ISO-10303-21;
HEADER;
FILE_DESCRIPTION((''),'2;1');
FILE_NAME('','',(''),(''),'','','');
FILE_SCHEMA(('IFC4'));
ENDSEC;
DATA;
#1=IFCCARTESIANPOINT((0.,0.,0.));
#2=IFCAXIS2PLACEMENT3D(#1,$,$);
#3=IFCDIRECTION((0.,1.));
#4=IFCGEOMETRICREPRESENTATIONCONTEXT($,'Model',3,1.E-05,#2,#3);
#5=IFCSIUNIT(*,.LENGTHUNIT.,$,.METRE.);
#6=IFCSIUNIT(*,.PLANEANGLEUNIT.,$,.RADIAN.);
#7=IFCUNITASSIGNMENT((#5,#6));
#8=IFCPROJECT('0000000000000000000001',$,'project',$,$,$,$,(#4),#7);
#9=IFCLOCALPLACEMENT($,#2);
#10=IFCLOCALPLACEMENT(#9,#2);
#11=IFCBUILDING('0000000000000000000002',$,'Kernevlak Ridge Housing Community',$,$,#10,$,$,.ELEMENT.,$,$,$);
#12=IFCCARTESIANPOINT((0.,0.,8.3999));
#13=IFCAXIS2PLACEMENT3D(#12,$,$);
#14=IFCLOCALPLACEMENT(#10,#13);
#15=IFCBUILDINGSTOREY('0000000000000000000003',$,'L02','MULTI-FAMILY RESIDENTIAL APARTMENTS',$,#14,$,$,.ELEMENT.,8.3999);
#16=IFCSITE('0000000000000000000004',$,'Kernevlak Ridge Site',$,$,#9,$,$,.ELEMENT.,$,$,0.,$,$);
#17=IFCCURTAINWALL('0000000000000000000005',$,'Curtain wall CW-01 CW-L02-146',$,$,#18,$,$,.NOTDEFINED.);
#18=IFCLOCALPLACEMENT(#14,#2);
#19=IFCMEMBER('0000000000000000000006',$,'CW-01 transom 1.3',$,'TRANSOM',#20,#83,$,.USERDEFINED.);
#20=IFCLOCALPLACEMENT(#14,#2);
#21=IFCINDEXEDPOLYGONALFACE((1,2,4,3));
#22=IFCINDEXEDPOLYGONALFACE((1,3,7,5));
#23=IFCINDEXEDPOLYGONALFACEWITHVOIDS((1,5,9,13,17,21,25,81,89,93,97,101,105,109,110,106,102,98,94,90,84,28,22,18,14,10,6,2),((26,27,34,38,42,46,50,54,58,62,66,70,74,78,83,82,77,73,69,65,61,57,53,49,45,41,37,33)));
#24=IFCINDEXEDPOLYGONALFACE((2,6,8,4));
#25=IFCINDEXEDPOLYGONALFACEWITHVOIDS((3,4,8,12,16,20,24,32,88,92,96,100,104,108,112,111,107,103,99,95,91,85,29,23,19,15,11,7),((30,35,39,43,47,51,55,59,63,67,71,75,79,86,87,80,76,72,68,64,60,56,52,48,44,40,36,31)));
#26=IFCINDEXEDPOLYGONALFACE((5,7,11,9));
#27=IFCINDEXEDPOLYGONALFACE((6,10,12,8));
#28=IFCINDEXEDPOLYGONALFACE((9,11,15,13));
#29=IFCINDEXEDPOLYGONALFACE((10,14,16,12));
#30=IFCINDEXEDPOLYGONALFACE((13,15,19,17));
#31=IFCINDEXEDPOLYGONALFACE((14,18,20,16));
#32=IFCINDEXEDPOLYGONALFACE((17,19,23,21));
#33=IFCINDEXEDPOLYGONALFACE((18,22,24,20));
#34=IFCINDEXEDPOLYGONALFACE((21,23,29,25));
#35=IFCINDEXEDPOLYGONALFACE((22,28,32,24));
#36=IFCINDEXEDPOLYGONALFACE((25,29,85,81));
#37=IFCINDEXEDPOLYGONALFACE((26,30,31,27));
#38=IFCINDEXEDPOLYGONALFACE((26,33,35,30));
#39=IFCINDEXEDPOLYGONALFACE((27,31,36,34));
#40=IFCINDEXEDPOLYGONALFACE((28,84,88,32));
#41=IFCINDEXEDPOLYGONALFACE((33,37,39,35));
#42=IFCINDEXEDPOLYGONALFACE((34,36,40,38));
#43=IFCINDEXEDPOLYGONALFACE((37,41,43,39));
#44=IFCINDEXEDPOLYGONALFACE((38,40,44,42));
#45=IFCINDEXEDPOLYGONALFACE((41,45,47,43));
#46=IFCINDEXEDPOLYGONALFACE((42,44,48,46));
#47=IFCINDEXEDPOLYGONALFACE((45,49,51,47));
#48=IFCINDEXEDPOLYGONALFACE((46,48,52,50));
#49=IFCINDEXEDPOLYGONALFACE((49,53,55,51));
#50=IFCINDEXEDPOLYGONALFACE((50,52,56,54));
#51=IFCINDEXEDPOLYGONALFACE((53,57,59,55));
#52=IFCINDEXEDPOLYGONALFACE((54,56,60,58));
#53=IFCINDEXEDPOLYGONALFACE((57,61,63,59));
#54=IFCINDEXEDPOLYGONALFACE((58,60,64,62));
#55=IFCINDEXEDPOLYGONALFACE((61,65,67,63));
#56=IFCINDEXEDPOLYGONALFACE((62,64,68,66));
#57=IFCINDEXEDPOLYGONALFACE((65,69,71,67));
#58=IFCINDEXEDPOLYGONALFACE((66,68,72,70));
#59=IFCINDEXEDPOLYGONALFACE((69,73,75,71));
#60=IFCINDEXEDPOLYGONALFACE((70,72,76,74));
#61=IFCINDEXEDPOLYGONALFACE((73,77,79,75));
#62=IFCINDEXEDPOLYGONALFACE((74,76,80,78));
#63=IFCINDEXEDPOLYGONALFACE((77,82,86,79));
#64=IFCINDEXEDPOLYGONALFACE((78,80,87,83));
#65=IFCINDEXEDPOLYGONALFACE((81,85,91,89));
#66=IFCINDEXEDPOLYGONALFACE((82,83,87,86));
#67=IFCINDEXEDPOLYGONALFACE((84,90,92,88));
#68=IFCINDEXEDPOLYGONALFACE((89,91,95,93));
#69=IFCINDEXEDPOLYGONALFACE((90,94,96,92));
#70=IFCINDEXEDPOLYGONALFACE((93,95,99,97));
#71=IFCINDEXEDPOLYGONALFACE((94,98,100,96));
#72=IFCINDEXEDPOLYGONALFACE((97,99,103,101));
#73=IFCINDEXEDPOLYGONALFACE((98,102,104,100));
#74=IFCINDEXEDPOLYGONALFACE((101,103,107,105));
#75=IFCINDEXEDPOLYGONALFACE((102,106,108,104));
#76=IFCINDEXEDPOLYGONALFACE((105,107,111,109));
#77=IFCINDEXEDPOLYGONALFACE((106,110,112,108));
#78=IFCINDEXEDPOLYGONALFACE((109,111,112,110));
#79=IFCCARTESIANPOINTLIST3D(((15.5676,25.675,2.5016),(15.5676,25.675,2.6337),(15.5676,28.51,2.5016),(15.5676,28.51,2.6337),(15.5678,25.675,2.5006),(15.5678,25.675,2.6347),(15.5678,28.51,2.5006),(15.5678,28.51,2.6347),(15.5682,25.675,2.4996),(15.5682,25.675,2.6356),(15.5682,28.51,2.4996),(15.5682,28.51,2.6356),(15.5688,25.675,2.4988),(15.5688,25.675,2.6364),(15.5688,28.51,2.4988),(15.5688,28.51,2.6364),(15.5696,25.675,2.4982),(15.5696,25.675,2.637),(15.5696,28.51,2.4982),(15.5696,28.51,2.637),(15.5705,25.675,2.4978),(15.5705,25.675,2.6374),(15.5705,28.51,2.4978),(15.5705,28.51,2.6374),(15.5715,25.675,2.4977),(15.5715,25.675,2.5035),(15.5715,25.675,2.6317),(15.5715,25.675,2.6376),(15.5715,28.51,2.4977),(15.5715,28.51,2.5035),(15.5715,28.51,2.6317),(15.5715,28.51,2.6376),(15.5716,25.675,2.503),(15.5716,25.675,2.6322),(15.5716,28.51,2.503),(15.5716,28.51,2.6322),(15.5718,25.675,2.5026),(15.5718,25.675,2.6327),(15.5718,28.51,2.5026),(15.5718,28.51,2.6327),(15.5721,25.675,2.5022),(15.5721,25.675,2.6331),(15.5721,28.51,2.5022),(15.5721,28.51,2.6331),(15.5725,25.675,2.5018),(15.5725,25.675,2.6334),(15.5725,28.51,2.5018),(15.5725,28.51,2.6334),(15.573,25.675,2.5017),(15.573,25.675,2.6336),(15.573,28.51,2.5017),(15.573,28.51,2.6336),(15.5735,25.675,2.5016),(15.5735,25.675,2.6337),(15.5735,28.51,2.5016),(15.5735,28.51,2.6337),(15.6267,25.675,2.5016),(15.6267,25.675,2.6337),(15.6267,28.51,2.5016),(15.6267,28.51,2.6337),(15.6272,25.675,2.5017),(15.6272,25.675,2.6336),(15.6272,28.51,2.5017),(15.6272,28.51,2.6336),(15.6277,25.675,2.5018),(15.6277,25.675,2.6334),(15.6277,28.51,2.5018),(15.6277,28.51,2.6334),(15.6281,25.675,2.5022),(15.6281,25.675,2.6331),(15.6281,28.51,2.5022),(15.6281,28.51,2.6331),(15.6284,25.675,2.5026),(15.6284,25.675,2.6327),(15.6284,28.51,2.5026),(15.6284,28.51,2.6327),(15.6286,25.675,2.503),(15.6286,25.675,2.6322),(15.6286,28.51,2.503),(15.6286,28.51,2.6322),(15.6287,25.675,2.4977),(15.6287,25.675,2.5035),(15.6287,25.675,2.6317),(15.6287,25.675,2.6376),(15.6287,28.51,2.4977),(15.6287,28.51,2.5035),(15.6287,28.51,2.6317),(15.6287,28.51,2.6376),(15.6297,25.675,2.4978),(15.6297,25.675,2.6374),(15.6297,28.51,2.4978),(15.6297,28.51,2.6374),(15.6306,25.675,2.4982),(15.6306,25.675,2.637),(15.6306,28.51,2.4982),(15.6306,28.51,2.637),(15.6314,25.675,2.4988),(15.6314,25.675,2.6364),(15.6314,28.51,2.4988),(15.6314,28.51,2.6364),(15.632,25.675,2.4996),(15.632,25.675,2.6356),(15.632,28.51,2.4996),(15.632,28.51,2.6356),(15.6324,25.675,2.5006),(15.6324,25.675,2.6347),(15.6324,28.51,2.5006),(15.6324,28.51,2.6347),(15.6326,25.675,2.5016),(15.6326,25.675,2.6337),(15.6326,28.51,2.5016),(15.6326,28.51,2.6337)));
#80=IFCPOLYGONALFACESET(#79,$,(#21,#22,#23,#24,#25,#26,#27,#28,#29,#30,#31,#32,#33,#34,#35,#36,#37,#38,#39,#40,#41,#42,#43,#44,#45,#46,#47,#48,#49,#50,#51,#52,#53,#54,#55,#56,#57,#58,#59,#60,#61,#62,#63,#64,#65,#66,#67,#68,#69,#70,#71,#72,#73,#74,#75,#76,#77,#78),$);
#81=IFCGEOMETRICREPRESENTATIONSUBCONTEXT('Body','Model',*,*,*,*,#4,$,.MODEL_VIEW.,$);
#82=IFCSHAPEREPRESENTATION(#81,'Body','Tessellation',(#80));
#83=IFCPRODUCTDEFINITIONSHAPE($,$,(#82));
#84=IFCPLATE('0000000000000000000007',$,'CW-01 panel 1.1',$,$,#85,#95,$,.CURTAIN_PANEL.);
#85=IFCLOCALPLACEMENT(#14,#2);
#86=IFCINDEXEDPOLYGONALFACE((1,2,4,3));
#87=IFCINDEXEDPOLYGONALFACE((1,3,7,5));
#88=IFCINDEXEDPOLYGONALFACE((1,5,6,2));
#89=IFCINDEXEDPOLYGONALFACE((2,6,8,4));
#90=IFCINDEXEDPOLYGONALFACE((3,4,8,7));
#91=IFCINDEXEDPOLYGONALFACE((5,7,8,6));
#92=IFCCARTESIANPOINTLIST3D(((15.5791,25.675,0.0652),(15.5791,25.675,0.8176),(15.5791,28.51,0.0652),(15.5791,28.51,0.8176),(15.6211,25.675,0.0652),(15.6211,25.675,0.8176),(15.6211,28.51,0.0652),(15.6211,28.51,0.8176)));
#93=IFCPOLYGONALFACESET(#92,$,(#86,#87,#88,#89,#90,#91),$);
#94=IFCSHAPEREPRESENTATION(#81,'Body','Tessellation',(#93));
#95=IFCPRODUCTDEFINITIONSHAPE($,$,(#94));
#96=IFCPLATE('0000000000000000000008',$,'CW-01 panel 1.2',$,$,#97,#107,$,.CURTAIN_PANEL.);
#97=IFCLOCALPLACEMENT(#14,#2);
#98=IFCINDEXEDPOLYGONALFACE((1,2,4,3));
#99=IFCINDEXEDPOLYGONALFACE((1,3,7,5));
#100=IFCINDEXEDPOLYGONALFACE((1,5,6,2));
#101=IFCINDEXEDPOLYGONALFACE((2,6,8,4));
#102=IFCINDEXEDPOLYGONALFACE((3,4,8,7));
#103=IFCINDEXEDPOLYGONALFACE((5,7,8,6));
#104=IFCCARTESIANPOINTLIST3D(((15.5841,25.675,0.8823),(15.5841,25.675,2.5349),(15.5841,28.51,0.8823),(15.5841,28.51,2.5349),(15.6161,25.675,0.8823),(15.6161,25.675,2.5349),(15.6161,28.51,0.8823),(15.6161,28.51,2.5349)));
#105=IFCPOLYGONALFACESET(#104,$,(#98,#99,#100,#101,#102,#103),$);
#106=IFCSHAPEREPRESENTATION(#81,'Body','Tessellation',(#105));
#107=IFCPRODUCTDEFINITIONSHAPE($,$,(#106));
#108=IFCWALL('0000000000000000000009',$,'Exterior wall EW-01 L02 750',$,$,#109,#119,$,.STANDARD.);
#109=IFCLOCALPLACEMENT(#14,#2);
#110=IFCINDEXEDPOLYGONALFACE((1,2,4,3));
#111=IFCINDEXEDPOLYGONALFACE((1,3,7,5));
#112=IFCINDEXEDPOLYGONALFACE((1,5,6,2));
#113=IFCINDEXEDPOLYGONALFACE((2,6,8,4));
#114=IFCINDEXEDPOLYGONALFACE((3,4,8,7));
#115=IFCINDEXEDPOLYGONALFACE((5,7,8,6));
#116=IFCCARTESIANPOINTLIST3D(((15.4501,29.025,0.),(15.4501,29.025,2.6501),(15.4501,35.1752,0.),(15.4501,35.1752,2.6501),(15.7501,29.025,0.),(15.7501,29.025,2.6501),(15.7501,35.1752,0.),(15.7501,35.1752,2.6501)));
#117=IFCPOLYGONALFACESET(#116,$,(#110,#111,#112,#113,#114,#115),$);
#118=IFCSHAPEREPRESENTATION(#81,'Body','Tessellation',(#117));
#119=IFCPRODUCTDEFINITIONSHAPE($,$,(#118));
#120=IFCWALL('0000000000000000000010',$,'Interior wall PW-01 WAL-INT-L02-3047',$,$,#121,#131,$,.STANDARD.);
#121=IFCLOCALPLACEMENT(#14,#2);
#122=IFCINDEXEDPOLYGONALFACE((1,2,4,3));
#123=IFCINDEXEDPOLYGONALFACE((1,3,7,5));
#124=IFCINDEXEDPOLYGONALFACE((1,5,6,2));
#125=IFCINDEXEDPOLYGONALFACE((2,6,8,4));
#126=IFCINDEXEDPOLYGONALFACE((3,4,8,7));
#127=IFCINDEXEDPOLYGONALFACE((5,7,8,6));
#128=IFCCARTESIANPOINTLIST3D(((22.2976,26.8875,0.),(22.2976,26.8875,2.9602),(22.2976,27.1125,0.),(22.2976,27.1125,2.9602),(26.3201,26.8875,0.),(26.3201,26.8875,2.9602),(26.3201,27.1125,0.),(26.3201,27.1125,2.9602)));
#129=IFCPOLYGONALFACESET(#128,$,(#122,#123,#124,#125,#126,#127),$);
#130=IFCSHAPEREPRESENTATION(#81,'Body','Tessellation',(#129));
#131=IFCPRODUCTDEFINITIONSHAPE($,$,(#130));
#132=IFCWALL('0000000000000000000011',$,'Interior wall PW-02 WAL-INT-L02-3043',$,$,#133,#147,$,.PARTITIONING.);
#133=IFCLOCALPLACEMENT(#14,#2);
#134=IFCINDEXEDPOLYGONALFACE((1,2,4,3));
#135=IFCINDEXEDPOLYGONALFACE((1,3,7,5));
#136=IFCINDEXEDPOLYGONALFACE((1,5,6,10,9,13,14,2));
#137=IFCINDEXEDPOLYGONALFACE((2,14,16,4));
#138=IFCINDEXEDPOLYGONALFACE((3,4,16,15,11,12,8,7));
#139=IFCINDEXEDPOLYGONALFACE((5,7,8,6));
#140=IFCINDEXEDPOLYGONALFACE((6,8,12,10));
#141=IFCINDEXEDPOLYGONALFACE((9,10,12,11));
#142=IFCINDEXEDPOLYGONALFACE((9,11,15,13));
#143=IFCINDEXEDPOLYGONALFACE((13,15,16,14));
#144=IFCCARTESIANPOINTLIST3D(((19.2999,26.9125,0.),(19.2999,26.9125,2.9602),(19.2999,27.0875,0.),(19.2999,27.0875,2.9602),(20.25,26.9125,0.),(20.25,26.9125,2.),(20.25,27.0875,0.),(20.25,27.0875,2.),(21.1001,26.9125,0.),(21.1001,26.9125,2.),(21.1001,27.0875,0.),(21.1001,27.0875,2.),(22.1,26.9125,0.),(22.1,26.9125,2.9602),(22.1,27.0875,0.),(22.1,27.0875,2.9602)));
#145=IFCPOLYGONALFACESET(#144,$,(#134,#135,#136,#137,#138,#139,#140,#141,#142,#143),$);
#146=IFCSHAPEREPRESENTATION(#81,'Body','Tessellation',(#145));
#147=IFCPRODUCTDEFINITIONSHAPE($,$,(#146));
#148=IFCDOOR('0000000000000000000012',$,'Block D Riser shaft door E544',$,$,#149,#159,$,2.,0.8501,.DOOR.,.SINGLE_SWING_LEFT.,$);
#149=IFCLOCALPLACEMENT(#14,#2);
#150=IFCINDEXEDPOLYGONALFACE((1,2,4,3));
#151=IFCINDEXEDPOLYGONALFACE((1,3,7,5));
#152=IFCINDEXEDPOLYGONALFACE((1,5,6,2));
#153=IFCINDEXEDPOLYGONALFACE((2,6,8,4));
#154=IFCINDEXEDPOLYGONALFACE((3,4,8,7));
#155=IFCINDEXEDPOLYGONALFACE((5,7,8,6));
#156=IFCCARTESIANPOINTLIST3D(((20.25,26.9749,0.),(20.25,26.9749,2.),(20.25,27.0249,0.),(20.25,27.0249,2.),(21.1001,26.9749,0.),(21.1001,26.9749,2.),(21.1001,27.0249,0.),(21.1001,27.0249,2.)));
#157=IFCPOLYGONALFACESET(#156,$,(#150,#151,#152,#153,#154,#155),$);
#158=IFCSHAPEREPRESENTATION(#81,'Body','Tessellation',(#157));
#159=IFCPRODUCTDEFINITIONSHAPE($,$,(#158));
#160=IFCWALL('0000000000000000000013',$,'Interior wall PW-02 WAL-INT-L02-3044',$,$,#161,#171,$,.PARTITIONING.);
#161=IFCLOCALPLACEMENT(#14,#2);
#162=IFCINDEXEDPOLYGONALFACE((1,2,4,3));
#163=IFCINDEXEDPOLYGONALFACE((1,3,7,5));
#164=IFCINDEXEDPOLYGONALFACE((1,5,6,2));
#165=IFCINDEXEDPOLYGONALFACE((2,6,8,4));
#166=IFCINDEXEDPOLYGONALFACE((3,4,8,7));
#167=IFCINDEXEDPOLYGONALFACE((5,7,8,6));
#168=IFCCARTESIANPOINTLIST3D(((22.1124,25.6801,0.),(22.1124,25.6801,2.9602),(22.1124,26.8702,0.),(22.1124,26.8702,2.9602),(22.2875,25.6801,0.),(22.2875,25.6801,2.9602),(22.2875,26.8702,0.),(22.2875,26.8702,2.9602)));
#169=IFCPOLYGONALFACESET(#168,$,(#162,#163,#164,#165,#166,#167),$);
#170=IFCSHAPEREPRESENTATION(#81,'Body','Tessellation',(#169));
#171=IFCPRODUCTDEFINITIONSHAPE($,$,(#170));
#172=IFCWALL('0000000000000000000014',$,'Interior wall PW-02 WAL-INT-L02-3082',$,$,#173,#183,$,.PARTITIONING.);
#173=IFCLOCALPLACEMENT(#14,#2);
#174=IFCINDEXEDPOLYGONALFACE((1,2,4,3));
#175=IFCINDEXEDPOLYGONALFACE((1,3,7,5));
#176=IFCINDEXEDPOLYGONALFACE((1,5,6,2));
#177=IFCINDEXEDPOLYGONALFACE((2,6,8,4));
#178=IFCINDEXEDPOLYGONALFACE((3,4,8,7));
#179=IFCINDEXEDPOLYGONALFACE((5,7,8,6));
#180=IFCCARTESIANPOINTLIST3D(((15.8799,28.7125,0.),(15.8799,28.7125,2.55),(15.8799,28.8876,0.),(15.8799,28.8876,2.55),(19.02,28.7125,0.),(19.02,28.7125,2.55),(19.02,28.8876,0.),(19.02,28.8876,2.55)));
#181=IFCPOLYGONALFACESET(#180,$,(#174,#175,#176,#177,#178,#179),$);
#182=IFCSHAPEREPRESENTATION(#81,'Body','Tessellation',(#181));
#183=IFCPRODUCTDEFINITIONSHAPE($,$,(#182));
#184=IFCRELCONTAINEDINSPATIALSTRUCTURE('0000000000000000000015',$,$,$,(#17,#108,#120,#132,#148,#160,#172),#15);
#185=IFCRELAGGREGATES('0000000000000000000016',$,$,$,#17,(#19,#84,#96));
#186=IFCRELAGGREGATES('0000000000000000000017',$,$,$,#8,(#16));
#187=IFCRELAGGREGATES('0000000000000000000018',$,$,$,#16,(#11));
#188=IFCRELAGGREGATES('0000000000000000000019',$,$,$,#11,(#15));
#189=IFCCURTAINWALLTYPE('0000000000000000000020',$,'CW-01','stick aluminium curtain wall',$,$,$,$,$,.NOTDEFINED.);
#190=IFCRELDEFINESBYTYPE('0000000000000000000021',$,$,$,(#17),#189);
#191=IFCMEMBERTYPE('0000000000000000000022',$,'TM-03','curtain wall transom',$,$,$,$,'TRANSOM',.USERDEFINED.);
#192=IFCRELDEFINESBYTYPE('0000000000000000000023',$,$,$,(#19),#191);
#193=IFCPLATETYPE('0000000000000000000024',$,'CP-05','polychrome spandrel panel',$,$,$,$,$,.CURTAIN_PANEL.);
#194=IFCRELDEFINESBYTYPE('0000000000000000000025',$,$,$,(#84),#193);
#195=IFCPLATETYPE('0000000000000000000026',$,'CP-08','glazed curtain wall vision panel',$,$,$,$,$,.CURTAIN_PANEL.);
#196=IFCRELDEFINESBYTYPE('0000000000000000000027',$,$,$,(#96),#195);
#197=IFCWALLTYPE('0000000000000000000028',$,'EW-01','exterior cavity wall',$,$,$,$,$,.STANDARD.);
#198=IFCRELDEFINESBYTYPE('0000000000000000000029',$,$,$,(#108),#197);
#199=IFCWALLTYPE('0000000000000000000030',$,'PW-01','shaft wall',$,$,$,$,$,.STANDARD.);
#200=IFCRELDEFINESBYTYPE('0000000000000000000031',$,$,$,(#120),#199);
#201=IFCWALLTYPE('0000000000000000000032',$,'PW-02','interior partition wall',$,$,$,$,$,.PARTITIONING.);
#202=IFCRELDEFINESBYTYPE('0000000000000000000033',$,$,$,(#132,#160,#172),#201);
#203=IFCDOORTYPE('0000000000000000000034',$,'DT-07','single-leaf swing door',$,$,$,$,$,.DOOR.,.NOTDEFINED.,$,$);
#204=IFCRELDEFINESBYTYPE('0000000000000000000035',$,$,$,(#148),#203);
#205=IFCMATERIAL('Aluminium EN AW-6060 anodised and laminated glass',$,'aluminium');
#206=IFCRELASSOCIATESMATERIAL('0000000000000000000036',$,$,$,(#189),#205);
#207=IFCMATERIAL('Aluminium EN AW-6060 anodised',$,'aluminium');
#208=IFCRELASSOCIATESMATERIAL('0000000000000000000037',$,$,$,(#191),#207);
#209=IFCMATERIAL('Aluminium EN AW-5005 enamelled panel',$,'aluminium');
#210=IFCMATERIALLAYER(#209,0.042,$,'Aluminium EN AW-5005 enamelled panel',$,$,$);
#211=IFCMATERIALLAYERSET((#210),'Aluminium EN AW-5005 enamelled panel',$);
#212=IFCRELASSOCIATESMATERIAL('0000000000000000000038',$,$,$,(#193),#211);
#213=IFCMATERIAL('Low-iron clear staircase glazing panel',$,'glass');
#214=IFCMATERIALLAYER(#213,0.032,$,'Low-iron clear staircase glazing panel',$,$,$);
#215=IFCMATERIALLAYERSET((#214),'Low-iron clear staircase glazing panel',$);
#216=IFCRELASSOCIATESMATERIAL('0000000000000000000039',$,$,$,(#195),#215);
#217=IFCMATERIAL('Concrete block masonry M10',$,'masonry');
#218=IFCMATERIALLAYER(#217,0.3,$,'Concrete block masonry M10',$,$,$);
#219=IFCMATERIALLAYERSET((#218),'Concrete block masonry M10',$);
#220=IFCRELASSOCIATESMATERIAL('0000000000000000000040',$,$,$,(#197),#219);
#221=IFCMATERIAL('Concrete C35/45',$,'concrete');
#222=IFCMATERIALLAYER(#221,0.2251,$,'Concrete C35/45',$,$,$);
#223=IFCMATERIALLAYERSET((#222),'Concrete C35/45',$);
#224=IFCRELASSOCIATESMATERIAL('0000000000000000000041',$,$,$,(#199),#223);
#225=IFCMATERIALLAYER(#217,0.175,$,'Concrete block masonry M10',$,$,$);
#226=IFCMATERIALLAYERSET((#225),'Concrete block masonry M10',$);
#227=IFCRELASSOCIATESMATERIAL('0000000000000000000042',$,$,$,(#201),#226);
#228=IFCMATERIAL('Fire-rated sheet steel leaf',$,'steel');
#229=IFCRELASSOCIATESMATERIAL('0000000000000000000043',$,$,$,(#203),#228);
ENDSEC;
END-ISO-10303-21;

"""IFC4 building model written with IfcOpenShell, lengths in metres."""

from ifc_helpers import new_model, si_unit, direction, frame, frame_2d, origin, origin_2d, place, context, subcontext, project, spatial, rectangle, hollow_rectangle, extrude, material, layer, layer_set, material_profile, profile_set, type_object, element, fill, aggregate, save


model = new_model("IFC4")

# Units and contexts
model_context = context("Model", 3, precision=1e-05, world=origin(), true_north=direction((0.0, 1.0)))
body_context = subcontext(model_context, "Body", "Model", "MODEL_VIEW")
ifc_project = project(units=[si_unit("LENGTHUNIT", "METRE"), si_unit("PLANEANGLEUNIT", "RADIAN")], contexts=[model_context])

# Site, building, storey
site_placement = place(None, origin())
site = spatial("IfcSite", under=ifc_project, at=site_placement, Name="Kernevlak Ridge Site", CompositionType="ELEMENT", RefElevation=0.0)
building_placement = place(site_placement, origin())
building = spatial("IfcBuilding", under=site, at=building_placement, Name="Kernevlak Ridge Housing Community", CompositionType="ELEMENT")
storey_placement = place(building_placement, frame((0.0, 0.0, 8.3999)))
storey = spatial("IfcBuildingStorey", under=building, at=storey_placement, Name="L02", Description="MULTI-FAMILY RESIDENTIAL APARTMENTS", CompositionType="ELEMENT", Elevation=8.3999)

# Shared definitions
ifc_material_1 = material(Name="Concrete C35/45", Category="concrete")

# Curtain wall
ifc_material_2 = material(Name="Aluminium EN AW-6060 anodised and laminated glass", Category="aluminium")
curtain_wall_type = type_object("IfcCurtainWallType", Name="CW-01", Description="stick aluminium curtain wall", PredefinedType="NOTDEFINED", material=ifc_material_2)
curtain_wall_placement = place(storey_placement, origin())
curtain_wall = element("IfcCurtainWall", 1, at=curtain_wall_placement, inside=storey, type_object=curtain_wall_type, Name="Curtain wall CW-01 CW-L02-146", PredefinedType="NOTDEFINED")
ifc_material_3 = material(Name="Aluminium EN AW-6060 anodised", Category="aluminium")

# Member
ifc_material_profile_1 = material_profile(ifc_material_3, hollow_rectangle(XDim=0.0649, YDim=0.1399, WallThickness=0.0039, InnerFilletRadius=0.002, OuterFilletRadius=0.0039, at=origin_2d()), Name="ALU 65x140x4")
ifc_profile_set_1 = profile_set([ifc_material_profile_1], Name="Aluminium EN AW-6060 anodised")
member_type_1 = type_object("IfcMemberType", Name="TM-03", Description="curtain wall transom", ElementType="TRANSOM", PredefinedType="USERDEFINED", material=ifc_profile_set_1)
member_1_placement = place(storey_placement, frame((15.6001, 25.675, 2.5676), z_axis=(0.0, 1.0, 0.0), x_axis=(-1.0, 0.0, 0.0)))
member_1 = element("IfcMember", 2, at=member_1_placement, type_object=member_type_1, Name="CW-01 transom 1.3", ObjectType="TRANSOM", PredefinedType="USERDEFINED", context=body_context, shape_type="SweptSolid", body=[
    extrude(hollow_rectangle(XDim=0.0649, YDim=0.1399, WallThickness=0.0039, InnerFilletRadius=0.002, OuterFilletRadius=0.0039, at=origin_2d()), origin(), (0.0, 0.0, 1.0), 2.835),
])

# Plates
ifc_material_4 = material(Name="Aluminium EN AW-5005 enamelled panel", Category="aluminium")
ifc_layer_1 = layer(ifc_material_4, 0.042, Name="Aluminium EN AW-5005 enamelled panel")
ifc_layer_set_1 = layer_set([ifc_layer_1], Name="Aluminium EN AW-5005 enamelled panel")
plate_type_1 = type_object("IfcPlateType", Name="CP-05", Description="polychrome spandrel panel", PredefinedType="CURTAIN_PANEL", material=ifc_layer_set_1)
plate_1_placement = place(storey_placement, frame((15.6001, 27.0925, 0.0652), z_axis=(0.0, 0.0, 1.0), x_axis=(0.0, 1.0, 0.0)))
plate_1 = element("IfcPlate", 3, at=plate_1_placement, type_object=plate_type_1, Name="CW-01 panel 1.1", PredefinedType="CURTAIN_PANEL", context=body_context, shape_type="SweptSolid", body=[
    extrude(rectangle(XDim=2.835, YDim=0.042, at=origin_2d()), origin(), (0.0, 0.0, 1.0), 0.7524),
])
ifc_material_5 = material(Name="Low-iron clear staircase glazing panel", Category="glass")
ifc_layer_2 = layer(ifc_material_5, 0.032, Name="Low-iron clear staircase glazing panel")
ifc_layer_set_2 = layer_set([ifc_layer_2], Name="Low-iron clear staircase glazing panel")
plate_type_2 = type_object("IfcPlateType", Name="CP-08", Description="glazed curtain wall vision panel", PredefinedType="CURTAIN_PANEL", material=ifc_layer_set_2)
plate_2_placement = place(storey_placement, frame((15.6001, 27.0925, 0.8823), z_axis=(0.0, 0.0, 1.0), x_axis=(0.0, 1.0, 0.0)))
plate_2 = element("IfcPlate", 4, at=plate_2_placement, type_object=plate_type_2, Name="CW-01 panel 1.2", PredefinedType="CURTAIN_PANEL", context=body_context, shape_type="SweptSolid", body=[
    extrude(rectangle(XDim=2.835, YDim=0.032, at=origin_2d()), origin(), (0.0, 0.0, 1.0), 1.6526),
])
aggregate(curtain_wall, [member_1, plate_1, plate_2])

# Walls
ifc_material_6 = material(Name="Concrete block masonry M10", Category="masonry")
ifc_layer_3 = layer(ifc_material_6, 0.3, Name="Concrete block masonry M10")
ifc_layer_set_3 = layer_set([ifc_layer_3], Name="Concrete block masonry M10")
wall_type_1 = type_object("IfcWallType", Name="EW-01", Description="exterior cavity wall", PredefinedType="STANDARD", material=ifc_layer_set_3)
wall_1_placement = place(storey_placement, frame((15.6001, 29.0249, 0.0), z_axis=(0.0, 0.0, 1.0), x_axis=(0.0, 1.0, 0.0)))
element("IfcWall", 5, at=wall_1_placement, inside=storey, type_object=wall_type_1, Name="Exterior wall EW-01 L02 750", PredefinedType="STANDARD", context=body_context, shape_type="SweptSolid", body=[
    extrude(rectangle(XDim=6.1501, YDim=0.3, at=frame_2d((3.0752, 0.0))), origin(), (0.0, 0.0, 1.0), 2.6501),
])
ifc_layer_4 = layer(ifc_material_1, 0.2251, Name="Concrete C35/45")
ifc_layer_set_4 = layer_set([ifc_layer_4], Name="Concrete C35/45")
wall_type_2 = type_object("IfcWallType", Name="PW-01", Description="shaft wall", PredefinedType="STANDARD", material=ifc_layer_set_4)
wall_2_placement = place(storey_placement, frame((22.2976, 27.0, 0.0), z_axis=(0.0, 0.0, 1.0), x_axis=(1.0, 0.0, 0.0)))
element("IfcWall", 6, at=wall_2_placement, inside=storey, type_object=wall_type_2, Name="Interior wall PW-01 WAL-INT-L02-3047", PredefinedType="STANDARD", context=body_context, shape_type="SweptSolid", body=[
    extrude(rectangle(XDim=4.0225, YDim=0.2251, at=frame_2d((2.0112, 0.0))), origin(), (0.0, 0.0, 1.0), 2.9602),
])

# Wall, opening, door
ifc_layer_5 = layer(ifc_material_6, 0.175, Name="Concrete block masonry M10")
ifc_layer_set_5 = layer_set([ifc_layer_5], Name="Concrete block masonry M10")
wall_type_3 = type_object("IfcWallType", Name="PW-02", Description="interior partition wall", PredefinedType="PARTITIONING", material=ifc_layer_set_5)
wall_3_placement = place(storey_placement, frame((19.3, 27.0, 0.0), z_axis=(0.0, 0.0, 1.0), x_axis=(1.0, 0.0, 0.0)))
wall_3 = element("IfcWall", 7, at=wall_3_placement, inside=storey, type_object=wall_type_3, Name="Interior wall PW-02 WAL-INT-L02-3043", PredefinedType="PARTITIONING", context=body_context, shape_type="SweptSolid", body=[
    extrude(rectangle(XDim=2.8, YDim=0.175, at=frame_2d((1.3999, 0.0))), origin(), (0.0, 0.0, 1.0), 2.9602),
])
opening_1_placement = place(wall_3_placement, frame((0.95, 0.0, 0.0)))
opening_1 = element("IfcOpeningElement", 8, at=opening_1_placement, cuts=wall_3, PredefinedType="OPENING", context=body_context, shape_type="SweptSolid", body=[
    extrude(rectangle(XDim=0.8501, YDim=2.0, at=frame_2d((0.425, 1.0))), frame((0.0, 0.0974, 0.0), z_axis=(0.0, -1.0, 0.0), x_axis=(1.0, 0.0, 0.0)), (0.0, 0.0, 1.0), 0.1951),
])
ifc_material_7 = material(Name="Fire-rated sheet steel leaf", Category="steel")
door_type_1 = type_object("IfcDoorType", Name="DT-07", Description="single-leaf swing door", OperationType="NOTDEFINED", PredefinedType="DOOR", material=ifc_material_7)
door_1_placement = place(opening_1_placement, origin())
door_1 = element("IfcDoor", 9, at=door_1_placement, inside=storey, type_object=door_type_1, Name="Block D Riser shaft door E544", OperationType="SINGLE_SWING_LEFT", OverallHeight=2.0, OverallWidth=0.8501, PredefinedType="DOOR", context=body_context, shape_type="SweptSolid", body=[
    extrude(rectangle(XDim=0.8501, YDim=2.0, at=frame_2d((0.425, 1.0))), frame((0.0, 0.0249, 0.0), z_axis=(0.0, -1.0, 0.0), x_axis=(1.0, 0.0, 0.0)), (0.0, 0.0, 1.0), 0.05),
])
fill(opening_1, door_1)

# Walls
wall_4_placement = place(storey_placement, frame((22.2, 25.6799, 0.0), z_axis=(0.0, 0.0, 1.0), x_axis=(0.0, 1.0, 0.0)))
element("IfcWall", 10, at=wall_4_placement, inside=storey, type_object=wall_type_3, Name="Interior wall PW-02 WAL-INT-L02-3044", PredefinedType="PARTITIONING", context=body_context, shape_type="SweptSolid", body=[
    extrude(rectangle(XDim=1.1902, YDim=0.175, at=frame_2d((0.5952, 0.0))), origin(), (0.0, 0.0, 1.0), 2.9602),
])
wall_5_placement = place(storey_placement, frame((15.8799, 28.8, 0.0), z_axis=(0.0, 0.0, 1.0), x_axis=(1.0, 0.0, 0.0)))
element("IfcWall", 11, at=wall_5_placement, inside=storey, type_object=wall_type_3, Name="Interior wall PW-02 WAL-INT-L02-3082", PredefinedType="PARTITIONING", context=body_context, shape_type="SweptSolid", body=[
    extrude(rectangle(XDim=3.1401, YDim=0.175, at=frame_2d((1.5701, 0.0))), origin(), (0.0, 0.0, 1.0), 2.55),
])

save(model, "model.ifc")
